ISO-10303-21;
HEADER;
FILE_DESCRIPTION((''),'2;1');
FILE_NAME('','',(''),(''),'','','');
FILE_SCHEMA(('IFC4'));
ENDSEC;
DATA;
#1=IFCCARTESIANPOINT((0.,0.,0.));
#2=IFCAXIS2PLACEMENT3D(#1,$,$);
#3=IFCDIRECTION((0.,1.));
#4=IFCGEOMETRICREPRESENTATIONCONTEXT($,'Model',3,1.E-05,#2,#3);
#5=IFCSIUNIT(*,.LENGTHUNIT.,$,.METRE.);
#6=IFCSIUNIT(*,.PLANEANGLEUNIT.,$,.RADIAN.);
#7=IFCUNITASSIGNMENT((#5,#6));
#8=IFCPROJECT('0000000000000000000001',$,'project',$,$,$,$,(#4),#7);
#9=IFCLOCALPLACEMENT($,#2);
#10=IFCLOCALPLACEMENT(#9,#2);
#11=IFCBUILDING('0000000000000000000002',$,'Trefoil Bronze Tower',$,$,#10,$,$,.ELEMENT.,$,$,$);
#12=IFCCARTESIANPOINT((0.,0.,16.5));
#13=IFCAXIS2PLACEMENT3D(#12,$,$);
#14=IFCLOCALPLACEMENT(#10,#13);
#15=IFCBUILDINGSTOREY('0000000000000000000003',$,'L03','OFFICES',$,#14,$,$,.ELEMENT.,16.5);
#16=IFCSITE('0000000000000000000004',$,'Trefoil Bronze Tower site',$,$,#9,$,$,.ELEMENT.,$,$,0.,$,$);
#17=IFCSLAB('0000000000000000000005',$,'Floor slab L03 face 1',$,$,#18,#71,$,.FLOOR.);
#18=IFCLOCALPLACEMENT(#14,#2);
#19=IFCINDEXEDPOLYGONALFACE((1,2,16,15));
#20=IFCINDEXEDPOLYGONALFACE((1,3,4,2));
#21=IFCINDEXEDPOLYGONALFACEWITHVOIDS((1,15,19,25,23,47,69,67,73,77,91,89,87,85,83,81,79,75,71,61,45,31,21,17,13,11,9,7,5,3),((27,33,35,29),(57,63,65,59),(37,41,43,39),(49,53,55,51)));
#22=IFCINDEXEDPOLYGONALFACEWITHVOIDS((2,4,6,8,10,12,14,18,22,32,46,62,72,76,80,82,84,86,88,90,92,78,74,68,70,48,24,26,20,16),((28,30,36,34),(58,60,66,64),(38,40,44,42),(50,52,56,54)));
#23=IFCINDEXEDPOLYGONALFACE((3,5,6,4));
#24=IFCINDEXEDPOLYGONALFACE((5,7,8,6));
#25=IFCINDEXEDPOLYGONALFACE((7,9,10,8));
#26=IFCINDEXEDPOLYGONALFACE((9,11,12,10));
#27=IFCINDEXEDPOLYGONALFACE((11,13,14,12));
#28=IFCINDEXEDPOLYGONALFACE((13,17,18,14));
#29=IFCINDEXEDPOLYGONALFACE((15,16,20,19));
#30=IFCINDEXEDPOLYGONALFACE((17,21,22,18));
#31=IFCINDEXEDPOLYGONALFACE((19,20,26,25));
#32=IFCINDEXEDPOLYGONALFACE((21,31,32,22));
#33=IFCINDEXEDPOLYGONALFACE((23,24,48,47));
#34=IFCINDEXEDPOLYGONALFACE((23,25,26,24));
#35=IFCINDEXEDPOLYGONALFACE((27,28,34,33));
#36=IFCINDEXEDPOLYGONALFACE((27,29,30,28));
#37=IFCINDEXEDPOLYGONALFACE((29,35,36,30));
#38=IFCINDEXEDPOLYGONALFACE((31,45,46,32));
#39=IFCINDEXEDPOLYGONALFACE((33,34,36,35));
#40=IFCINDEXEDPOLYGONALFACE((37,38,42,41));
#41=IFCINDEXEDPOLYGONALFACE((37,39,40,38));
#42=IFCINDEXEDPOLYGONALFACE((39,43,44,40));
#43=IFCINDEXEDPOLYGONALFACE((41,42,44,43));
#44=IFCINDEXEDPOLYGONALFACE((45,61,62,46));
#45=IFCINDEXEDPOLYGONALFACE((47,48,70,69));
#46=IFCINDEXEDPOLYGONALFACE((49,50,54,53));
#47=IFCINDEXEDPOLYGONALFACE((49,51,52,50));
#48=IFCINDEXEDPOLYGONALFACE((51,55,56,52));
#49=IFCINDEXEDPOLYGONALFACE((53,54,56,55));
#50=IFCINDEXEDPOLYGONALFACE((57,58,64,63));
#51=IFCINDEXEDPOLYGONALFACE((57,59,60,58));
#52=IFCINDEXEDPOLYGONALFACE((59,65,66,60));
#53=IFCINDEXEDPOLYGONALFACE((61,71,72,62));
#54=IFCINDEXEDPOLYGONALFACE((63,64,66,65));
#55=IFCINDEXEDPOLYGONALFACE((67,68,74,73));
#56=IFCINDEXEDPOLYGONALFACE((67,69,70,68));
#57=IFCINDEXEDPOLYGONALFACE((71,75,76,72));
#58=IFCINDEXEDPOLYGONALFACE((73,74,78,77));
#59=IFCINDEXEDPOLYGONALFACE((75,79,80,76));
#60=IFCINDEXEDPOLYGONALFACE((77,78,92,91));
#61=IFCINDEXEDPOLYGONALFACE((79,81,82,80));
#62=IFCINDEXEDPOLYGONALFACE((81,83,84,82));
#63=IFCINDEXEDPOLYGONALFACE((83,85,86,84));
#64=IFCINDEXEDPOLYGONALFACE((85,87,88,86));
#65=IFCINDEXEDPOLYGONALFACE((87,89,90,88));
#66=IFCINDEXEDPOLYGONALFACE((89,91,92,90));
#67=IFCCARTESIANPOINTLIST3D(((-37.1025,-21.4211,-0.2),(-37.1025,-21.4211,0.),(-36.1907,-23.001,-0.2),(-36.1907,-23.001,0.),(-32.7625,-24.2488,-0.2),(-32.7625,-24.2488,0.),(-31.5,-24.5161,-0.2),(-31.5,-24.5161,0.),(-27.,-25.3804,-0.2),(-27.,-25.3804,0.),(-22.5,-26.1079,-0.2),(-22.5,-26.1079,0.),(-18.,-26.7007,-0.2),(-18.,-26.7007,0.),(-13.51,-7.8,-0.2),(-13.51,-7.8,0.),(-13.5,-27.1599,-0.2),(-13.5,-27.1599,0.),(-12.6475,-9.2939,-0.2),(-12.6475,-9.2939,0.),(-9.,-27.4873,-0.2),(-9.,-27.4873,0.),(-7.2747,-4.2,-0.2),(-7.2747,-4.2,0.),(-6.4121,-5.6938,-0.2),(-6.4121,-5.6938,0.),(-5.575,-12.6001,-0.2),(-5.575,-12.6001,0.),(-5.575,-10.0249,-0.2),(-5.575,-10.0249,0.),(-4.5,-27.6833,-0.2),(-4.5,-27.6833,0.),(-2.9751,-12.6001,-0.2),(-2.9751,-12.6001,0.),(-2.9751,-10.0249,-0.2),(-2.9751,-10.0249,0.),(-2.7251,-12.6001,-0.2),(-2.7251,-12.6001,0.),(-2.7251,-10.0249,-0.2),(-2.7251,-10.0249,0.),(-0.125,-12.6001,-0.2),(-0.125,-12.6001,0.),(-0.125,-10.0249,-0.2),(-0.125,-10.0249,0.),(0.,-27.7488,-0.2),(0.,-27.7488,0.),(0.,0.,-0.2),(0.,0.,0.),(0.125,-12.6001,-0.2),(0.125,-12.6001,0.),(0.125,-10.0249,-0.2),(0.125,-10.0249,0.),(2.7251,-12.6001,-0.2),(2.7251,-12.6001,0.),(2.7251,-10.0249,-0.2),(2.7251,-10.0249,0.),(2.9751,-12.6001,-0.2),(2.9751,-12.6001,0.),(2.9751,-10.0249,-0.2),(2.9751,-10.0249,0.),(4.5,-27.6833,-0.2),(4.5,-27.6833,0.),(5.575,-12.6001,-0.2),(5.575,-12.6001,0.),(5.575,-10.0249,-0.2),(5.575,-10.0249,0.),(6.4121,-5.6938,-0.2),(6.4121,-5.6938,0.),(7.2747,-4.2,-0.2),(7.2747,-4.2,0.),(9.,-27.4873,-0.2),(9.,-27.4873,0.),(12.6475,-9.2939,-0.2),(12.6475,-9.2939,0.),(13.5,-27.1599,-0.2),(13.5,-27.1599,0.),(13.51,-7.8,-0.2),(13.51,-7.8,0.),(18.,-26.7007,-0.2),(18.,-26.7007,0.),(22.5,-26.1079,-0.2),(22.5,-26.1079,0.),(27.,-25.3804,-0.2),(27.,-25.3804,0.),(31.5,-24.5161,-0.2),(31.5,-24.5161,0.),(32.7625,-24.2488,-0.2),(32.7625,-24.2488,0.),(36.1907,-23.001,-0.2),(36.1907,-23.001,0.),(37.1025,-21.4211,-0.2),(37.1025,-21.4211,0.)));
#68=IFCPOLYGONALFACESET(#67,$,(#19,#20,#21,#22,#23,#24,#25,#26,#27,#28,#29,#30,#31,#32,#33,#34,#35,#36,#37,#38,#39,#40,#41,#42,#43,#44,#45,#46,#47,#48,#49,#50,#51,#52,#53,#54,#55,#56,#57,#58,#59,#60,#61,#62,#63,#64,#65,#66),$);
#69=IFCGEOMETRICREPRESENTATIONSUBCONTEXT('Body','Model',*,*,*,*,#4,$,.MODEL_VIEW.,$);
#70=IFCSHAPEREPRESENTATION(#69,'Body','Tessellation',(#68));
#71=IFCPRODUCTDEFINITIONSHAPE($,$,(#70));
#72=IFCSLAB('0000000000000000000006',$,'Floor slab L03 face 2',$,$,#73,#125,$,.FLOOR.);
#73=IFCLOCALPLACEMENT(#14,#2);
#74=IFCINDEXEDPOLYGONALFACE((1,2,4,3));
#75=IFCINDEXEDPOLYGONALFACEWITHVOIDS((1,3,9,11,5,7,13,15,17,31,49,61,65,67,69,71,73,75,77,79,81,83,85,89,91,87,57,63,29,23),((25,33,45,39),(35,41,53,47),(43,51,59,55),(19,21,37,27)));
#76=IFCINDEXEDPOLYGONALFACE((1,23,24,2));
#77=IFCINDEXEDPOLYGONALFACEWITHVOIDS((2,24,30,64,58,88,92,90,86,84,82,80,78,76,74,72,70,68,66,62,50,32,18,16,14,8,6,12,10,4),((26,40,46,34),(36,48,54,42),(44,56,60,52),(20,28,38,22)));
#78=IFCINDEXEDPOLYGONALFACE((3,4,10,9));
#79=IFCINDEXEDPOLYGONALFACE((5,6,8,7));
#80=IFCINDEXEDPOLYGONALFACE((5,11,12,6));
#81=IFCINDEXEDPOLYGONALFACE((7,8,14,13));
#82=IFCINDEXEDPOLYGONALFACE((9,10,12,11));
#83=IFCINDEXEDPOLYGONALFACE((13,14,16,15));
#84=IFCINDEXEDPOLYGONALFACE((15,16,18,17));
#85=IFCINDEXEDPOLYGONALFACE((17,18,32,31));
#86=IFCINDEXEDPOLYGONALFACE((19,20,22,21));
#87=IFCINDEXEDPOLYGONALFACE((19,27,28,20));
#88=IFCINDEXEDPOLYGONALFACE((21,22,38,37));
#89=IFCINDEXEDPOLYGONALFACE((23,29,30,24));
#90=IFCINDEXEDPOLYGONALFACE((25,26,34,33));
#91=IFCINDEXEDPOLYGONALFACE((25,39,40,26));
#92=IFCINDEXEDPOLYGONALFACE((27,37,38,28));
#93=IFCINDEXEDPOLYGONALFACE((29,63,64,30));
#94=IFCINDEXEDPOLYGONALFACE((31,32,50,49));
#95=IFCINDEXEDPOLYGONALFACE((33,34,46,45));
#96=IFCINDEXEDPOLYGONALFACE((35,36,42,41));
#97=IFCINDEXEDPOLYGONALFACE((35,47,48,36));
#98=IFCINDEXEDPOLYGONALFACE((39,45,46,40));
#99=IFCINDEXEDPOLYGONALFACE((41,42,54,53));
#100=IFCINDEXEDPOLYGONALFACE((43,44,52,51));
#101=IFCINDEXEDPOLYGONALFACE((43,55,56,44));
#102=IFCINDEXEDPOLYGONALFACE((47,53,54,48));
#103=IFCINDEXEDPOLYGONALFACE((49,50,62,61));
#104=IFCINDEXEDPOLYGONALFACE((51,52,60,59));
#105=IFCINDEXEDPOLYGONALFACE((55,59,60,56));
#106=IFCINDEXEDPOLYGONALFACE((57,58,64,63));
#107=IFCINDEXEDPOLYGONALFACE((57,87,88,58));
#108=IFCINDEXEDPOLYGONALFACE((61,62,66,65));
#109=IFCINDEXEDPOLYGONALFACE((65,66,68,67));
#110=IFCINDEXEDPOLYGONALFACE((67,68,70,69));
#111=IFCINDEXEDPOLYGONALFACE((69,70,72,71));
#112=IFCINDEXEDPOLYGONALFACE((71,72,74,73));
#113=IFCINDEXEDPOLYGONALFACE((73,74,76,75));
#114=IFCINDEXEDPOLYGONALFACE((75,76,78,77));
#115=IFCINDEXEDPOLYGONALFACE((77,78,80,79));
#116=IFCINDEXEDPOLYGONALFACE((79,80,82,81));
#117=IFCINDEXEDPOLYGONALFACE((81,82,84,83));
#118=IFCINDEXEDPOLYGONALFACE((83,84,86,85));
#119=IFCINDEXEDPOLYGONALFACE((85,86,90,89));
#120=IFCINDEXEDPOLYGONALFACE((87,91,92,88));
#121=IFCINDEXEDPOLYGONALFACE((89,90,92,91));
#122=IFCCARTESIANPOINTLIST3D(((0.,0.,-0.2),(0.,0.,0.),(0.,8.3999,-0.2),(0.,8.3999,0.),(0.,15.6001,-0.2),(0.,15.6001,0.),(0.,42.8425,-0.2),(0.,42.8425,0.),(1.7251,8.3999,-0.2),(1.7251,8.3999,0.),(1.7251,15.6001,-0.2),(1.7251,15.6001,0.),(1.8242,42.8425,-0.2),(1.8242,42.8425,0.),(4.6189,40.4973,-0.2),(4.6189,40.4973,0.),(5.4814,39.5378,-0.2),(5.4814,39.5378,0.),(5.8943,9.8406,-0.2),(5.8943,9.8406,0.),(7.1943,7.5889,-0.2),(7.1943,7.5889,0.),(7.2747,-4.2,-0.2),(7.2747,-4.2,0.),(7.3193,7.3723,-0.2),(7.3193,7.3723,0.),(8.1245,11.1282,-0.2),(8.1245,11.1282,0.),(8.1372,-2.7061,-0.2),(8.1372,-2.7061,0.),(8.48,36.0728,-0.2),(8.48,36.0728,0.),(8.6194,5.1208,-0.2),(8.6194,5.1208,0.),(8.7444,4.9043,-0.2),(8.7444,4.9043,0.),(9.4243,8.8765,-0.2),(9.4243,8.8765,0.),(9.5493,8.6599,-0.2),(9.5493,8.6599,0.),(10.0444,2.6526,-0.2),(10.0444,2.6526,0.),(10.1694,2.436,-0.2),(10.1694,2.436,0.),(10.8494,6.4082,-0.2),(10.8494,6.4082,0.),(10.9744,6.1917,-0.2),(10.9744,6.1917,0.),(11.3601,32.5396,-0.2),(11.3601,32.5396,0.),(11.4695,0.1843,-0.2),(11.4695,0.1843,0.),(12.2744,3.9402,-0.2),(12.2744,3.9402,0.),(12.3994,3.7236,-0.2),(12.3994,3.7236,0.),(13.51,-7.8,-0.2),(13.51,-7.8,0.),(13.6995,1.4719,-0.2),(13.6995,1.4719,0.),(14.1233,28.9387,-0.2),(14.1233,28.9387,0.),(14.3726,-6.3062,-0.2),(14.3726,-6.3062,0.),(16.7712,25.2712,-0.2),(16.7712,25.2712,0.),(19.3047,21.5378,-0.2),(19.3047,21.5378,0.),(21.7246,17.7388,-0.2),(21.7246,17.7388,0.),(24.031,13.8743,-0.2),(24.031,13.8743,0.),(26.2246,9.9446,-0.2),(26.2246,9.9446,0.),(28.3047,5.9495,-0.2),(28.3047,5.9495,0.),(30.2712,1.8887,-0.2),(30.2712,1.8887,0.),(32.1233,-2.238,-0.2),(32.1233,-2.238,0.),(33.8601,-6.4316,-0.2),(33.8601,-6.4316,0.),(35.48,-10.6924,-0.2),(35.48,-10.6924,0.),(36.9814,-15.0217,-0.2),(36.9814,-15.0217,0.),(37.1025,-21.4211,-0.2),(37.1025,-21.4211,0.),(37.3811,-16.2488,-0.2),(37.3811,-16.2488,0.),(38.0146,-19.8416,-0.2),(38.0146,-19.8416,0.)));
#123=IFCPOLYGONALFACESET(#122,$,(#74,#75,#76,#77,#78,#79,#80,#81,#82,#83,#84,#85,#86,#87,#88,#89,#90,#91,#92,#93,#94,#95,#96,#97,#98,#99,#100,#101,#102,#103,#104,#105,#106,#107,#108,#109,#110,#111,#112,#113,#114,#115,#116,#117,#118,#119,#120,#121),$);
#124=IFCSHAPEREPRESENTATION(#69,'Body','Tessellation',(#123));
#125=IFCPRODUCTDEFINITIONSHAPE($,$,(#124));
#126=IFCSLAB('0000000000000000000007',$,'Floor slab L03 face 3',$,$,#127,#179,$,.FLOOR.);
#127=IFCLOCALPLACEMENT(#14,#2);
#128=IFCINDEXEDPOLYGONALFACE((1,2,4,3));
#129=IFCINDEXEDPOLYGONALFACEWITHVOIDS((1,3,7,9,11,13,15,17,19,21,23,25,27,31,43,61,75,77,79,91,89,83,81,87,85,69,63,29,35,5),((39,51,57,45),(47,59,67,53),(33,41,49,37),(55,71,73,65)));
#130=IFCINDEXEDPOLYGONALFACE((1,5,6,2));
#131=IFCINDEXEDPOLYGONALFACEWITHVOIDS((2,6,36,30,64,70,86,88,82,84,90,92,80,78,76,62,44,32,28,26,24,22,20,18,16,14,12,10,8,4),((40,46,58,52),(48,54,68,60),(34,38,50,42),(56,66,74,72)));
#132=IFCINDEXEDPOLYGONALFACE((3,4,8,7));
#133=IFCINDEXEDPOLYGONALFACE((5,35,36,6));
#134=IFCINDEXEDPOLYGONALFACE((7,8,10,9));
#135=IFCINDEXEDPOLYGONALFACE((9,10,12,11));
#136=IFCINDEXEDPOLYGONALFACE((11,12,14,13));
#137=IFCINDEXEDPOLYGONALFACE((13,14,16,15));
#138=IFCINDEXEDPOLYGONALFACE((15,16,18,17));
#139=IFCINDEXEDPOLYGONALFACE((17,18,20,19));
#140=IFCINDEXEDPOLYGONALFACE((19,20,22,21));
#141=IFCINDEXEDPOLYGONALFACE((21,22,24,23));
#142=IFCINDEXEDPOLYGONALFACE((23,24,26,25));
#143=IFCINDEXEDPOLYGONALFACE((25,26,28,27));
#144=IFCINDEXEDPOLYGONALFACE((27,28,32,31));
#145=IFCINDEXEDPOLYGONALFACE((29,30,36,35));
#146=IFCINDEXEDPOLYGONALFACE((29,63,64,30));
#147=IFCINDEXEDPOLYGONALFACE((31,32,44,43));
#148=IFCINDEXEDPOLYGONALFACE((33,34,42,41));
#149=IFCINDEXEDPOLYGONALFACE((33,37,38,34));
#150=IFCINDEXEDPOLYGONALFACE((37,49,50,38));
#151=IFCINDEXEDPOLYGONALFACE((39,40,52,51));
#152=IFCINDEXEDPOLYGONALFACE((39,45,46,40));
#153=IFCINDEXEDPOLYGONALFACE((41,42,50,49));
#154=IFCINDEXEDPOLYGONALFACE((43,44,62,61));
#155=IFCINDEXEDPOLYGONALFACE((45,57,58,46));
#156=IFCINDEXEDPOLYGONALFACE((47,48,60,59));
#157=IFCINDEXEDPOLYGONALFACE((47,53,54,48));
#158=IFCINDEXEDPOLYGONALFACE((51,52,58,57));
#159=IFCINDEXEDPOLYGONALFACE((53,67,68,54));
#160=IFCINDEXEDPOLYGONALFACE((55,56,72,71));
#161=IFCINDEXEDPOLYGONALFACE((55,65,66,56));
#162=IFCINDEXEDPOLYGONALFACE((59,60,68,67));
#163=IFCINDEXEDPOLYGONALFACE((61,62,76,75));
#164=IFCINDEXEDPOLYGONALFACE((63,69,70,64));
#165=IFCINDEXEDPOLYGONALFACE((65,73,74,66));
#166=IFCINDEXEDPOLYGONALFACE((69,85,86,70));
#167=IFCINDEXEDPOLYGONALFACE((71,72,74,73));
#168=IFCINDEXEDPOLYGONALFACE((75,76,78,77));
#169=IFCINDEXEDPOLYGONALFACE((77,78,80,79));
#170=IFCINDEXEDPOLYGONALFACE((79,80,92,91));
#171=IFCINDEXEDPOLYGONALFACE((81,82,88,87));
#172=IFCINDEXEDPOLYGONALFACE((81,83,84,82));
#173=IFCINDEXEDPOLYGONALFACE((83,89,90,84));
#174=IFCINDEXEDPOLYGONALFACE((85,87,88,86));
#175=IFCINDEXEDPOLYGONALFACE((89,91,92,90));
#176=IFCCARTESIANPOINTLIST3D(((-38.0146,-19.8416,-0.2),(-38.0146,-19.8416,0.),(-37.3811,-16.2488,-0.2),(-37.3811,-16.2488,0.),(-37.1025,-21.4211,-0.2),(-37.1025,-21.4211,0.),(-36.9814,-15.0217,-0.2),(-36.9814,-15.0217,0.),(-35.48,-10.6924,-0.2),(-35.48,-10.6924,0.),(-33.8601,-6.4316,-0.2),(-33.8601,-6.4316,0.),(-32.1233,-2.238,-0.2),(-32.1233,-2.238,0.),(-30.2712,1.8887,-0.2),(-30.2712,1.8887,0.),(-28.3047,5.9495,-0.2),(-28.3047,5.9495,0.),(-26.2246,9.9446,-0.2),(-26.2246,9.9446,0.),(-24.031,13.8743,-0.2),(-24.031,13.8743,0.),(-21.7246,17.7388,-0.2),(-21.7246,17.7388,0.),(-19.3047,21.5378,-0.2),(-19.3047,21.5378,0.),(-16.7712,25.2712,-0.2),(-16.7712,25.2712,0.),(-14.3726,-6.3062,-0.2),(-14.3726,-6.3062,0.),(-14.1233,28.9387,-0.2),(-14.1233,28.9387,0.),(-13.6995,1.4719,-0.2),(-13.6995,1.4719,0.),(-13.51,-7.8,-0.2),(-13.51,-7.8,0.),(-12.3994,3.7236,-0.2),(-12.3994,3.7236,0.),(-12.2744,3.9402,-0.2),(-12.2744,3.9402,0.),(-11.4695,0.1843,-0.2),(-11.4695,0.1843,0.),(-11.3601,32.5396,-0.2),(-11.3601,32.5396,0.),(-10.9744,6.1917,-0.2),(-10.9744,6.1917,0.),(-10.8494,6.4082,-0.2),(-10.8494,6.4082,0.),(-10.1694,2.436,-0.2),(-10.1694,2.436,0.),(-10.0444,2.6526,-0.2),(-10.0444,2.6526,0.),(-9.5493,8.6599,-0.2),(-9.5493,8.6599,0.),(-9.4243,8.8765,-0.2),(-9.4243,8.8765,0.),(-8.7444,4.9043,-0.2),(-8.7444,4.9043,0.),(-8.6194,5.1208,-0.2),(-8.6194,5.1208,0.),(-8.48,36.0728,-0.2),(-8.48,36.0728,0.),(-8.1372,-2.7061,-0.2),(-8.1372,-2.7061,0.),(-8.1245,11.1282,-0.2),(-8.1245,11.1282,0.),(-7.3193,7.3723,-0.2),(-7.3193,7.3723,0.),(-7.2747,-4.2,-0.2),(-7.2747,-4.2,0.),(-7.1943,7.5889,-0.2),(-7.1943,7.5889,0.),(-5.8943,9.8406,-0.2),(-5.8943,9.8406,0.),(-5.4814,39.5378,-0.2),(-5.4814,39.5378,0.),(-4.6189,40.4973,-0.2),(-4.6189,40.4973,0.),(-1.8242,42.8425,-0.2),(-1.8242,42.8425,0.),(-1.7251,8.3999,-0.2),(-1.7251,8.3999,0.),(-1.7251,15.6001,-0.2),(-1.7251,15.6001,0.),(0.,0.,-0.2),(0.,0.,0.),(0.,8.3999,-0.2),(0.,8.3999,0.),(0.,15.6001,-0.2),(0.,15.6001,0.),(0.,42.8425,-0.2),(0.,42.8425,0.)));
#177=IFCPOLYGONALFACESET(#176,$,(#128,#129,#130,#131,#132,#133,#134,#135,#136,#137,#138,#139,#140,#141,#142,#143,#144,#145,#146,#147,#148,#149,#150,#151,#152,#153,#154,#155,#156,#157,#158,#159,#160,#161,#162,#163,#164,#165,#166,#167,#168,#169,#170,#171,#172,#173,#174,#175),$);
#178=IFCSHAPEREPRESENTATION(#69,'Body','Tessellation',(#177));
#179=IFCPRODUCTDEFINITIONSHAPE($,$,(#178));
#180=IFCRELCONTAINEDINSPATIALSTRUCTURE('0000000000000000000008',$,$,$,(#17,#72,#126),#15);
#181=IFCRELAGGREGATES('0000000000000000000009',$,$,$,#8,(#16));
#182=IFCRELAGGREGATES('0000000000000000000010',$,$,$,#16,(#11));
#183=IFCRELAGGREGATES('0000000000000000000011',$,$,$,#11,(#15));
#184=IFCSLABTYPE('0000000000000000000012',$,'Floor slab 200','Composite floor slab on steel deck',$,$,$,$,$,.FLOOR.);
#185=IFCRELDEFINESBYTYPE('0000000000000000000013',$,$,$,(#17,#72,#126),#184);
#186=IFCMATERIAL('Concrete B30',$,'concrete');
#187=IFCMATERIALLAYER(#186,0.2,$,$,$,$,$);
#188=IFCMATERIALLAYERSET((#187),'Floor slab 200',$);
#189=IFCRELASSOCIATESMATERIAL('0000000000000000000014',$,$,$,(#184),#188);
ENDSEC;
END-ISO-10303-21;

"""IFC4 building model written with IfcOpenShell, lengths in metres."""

from ifc_helpers import new_model, si_unit, direction, frame, origin, place, context, subcontext, project, spatial, polyline, outline, extrude, material, layer, layer_set, type_object, element, save


model = new_model("IFC4")

# Units and contexts
model_context = context("Model", 3, precision=1e-05, world=origin(), true_north=direction((0.0, 1.0)))
body_context = subcontext(model_context, "Body", "Model", "MODEL_VIEW")
ifc_project = project(units=[si_unit("LENGTHUNIT", "METRE"), si_unit("PLANEANGLEUNIT", "RADIAN")], contexts=[model_context])

# Site, building, storey
site_placement = place(None, origin())
site = spatial("IfcSite", under=ifc_project, at=site_placement, Name="Trefoil Bronze Tower site", CompositionType="ELEMENT", RefElevation=0.0)
building_placement = place(site_placement, origin())
building = spatial("IfcBuilding", under=site, at=building_placement, Name="Trefoil Bronze Tower", CompositionType="ELEMENT")
storey_placement = place(building_placement, frame((0.0, 0.0, 16.5)))
storey = spatial("IfcBuildingStorey", under=building, at=storey_placement, Name="L03", Description="OFFICES", CompositionType="ELEMENT", Elevation=16.5)

# Slabs
ifc_material_1 = material(Name="Concrete B30", Category="concrete")
ifc_layer_1 = layer(ifc_material_1, 0.2)
ifc_layer_set_1 = layer_set([ifc_layer_1], Name="Floor slab 200")
slab_type = type_object("IfcSlabType", Name="Floor slab 200", Description="Composite floor slab on steel deck", PredefinedType="FLOOR", material=ifc_layer_set_1)
slab_1_placement = place(storey_placement, frame((0.0, 0.0, -0.2)))
element("IfcSlab", 1, at=slab_1_placement, inside=storey, type_object=slab_type, Name="Floor slab L03 face 1", PredefinedType="FLOOR", context=body_context, shape_type="SweptSolid", body=[
    extrude(outline(polyline([(27.0, -25.3804), (22.5, -26.1079), (18.0, -26.7007), (13.5, -27.1599), (9.0, -27.4873), (4.5, -27.6833), (0.0, -27.7488), (-4.5, -27.6833), (-9.0, -27.4873), (-13.5, -27.1599), (-18.0, -26.7007), (-22.5, -26.1079), (-27.0, -25.3804), (-31.5, -24.5161), (-32.7625, -24.2488), (-36.1907, -23.001), (-37.1025, -21.4211), (-13.51, -7.8), (-12.6475, -9.2939), (-6.4121, -5.6938), (-7.2747, -4.2), (0.0, 0.0), (7.2747, -4.2), (6.4121, -5.6938), (12.6475, -9.2939), (13.51, -7.8), (37.1025, -21.4211), (36.1907, -23.001), (32.7625, -24.2488), (31.5, -24.5161), (27.0, -25.3804)]), holes=[polyline([(-5.575, -10.0249), (-2.9751, -10.0249), (-2.9751, -12.6001), (-5.575, -12.6001), (-5.575, -10.0249)]), polyline([(-2.7251, -10.0249), (-0.125, -10.0249), (-0.125, -12.6001), (-2.7251, -12.6001), (-2.7251, -10.0249)]), polyline([(0.125, -10.0249), (2.7251, -10.0249), (2.7251, -12.6001), (0.125, -12.6001), (0.125, -10.0249)]), polyline([(2.9751, -10.0249), (5.575, -10.0249), (5.575, -12.6001), (2.9751, -12.6001), (2.9751, -10.0249)])]), origin(), (0.0, 0.0, 1.0), 0.2),
])
slab_2_placement = place(storey_placement, frame((0.0, 0.0, -0.2)))
element("IfcSlab", 2, at=slab_2_placement, inside=storey, type_object=slab_type, Name="Floor slab L03 face 2", PredefinedType="FLOOR", context=body_context, shape_type="SweptSolid", body=[
    extrude(outline(polyline([(8.48, 36.0728), (11.3601, 32.5396), (14.1233, 28.9387), (16.7712, 25.2712), (19.3047, 21.5378), (21.7246, 17.7388), (24.031, 13.8743), (26.2246, 9.9446), (28.3047, 5.9495), (30.2712, 1.8887), (32.1233, -2.238), (33.8601, -6.4316), (35.48, -10.6924), (36.9814, -15.0217), (37.3811, -16.2488), (38.0146, -19.8416), (37.1025, -21.4211), (13.51, -7.8), (14.3726, -6.3062), (8.1372, -2.7061), (7.2747, -4.2), (0.0, 0.0), (0.0, 8.3999), (1.7251, 8.3999), (1.7251, 15.6001), (0.0, 15.6001), (0.0, 42.8425), (1.8242, 42.8425), (4.6189, 40.4973), (5.4814, 39.5378), (8.48, 36.0728)]), holes=[polyline([(11.4695, 0.1843), (10.1694, 2.436), (12.3994, 3.7236), (13.6995, 1.4719), (11.4695, 0.1843)]), polyline([(10.0444, 2.6526), (8.7444, 4.9043), (10.9744, 6.1917), (12.2744, 3.9402), (10.0444, 2.6526)]), polyline([(8.6194, 5.1208), (7.3193, 7.3723), (9.5493, 8.6599), (10.8494, 6.4082), (8.6194, 5.1208)]), polyline([(7.1943, 7.5889), (5.8943, 9.8406), (8.1245, 11.1282), (9.4243, 8.8765), (7.1943, 7.5889)])]), origin(), (0.0, 0.0, 1.0), 0.2),
])
slab_3_placement = place(storey_placement, frame((0.0, 0.0, -0.2)))
element("IfcSlab", 3, at=slab_3_placement, inside=storey, type_object=slab_type, Name="Floor slab L03 face 3", PredefinedType="FLOOR", context=body_context, shape_type="SweptSolid", body=[
    extrude(outline(polyline([(-35.48, -10.6924), (-33.8601, -6.4316), (-32.1233, -2.238), (-30.2712, 1.8887), (-28.3047, 5.9495), (-26.2246, 9.9446), (-24.031, 13.8743), (-21.7246, 17.7388), (-19.3047, 21.5378), (-16.7712, 25.2712), (-14.1233, 28.9387), (-11.3601, 32.5396), (-8.48, 36.0728), (-5.4814, 39.5378), (-4.6189, 40.4973), (-1.8242, 42.8425), (0.0, 42.8425), (0.0, 15.6001), (-1.7251, 15.6001), (-1.7251, 8.3999), (0.0, 8.3999), (0.0, 0.0), (-7.2747, -4.2), (-8.1372, -2.7061), (-14.3726, -6.3062), (-13.51, -7.8), (-37.1025, -21.4211), (-38.0146, -19.8416), (-37.3811, -16.2488), (-36.9814, -15.0217), (-35.48, -10.6924)]), holes=[polyline([(-5.8943, 9.8406), (-7.1943, 7.5889), (-9.4243, 8.8765), (-8.1245, 11.1282), (-5.8943, 9.8406)]), polyline([(-7.3193, 7.3723), (-8.6194, 5.1208), (-10.8494, 6.4082), (-9.5493, 8.6599), (-7.3193, 7.3723)]), polyline([(-8.7444, 4.9043), (-10.0444, 2.6526), (-12.2744, 3.9402), (-10.9744, 6.1917), (-8.7444, 4.9043)]), polyline([(-10.1694, 2.436), (-11.4695, 0.1843), (-13.6995, 1.4719), (-12.3994, 3.7236), (-10.1694, 2.436)])]), origin(), (0.0, 0.0, 1.0), 0.2),
])

save(model, "model.ifc")
